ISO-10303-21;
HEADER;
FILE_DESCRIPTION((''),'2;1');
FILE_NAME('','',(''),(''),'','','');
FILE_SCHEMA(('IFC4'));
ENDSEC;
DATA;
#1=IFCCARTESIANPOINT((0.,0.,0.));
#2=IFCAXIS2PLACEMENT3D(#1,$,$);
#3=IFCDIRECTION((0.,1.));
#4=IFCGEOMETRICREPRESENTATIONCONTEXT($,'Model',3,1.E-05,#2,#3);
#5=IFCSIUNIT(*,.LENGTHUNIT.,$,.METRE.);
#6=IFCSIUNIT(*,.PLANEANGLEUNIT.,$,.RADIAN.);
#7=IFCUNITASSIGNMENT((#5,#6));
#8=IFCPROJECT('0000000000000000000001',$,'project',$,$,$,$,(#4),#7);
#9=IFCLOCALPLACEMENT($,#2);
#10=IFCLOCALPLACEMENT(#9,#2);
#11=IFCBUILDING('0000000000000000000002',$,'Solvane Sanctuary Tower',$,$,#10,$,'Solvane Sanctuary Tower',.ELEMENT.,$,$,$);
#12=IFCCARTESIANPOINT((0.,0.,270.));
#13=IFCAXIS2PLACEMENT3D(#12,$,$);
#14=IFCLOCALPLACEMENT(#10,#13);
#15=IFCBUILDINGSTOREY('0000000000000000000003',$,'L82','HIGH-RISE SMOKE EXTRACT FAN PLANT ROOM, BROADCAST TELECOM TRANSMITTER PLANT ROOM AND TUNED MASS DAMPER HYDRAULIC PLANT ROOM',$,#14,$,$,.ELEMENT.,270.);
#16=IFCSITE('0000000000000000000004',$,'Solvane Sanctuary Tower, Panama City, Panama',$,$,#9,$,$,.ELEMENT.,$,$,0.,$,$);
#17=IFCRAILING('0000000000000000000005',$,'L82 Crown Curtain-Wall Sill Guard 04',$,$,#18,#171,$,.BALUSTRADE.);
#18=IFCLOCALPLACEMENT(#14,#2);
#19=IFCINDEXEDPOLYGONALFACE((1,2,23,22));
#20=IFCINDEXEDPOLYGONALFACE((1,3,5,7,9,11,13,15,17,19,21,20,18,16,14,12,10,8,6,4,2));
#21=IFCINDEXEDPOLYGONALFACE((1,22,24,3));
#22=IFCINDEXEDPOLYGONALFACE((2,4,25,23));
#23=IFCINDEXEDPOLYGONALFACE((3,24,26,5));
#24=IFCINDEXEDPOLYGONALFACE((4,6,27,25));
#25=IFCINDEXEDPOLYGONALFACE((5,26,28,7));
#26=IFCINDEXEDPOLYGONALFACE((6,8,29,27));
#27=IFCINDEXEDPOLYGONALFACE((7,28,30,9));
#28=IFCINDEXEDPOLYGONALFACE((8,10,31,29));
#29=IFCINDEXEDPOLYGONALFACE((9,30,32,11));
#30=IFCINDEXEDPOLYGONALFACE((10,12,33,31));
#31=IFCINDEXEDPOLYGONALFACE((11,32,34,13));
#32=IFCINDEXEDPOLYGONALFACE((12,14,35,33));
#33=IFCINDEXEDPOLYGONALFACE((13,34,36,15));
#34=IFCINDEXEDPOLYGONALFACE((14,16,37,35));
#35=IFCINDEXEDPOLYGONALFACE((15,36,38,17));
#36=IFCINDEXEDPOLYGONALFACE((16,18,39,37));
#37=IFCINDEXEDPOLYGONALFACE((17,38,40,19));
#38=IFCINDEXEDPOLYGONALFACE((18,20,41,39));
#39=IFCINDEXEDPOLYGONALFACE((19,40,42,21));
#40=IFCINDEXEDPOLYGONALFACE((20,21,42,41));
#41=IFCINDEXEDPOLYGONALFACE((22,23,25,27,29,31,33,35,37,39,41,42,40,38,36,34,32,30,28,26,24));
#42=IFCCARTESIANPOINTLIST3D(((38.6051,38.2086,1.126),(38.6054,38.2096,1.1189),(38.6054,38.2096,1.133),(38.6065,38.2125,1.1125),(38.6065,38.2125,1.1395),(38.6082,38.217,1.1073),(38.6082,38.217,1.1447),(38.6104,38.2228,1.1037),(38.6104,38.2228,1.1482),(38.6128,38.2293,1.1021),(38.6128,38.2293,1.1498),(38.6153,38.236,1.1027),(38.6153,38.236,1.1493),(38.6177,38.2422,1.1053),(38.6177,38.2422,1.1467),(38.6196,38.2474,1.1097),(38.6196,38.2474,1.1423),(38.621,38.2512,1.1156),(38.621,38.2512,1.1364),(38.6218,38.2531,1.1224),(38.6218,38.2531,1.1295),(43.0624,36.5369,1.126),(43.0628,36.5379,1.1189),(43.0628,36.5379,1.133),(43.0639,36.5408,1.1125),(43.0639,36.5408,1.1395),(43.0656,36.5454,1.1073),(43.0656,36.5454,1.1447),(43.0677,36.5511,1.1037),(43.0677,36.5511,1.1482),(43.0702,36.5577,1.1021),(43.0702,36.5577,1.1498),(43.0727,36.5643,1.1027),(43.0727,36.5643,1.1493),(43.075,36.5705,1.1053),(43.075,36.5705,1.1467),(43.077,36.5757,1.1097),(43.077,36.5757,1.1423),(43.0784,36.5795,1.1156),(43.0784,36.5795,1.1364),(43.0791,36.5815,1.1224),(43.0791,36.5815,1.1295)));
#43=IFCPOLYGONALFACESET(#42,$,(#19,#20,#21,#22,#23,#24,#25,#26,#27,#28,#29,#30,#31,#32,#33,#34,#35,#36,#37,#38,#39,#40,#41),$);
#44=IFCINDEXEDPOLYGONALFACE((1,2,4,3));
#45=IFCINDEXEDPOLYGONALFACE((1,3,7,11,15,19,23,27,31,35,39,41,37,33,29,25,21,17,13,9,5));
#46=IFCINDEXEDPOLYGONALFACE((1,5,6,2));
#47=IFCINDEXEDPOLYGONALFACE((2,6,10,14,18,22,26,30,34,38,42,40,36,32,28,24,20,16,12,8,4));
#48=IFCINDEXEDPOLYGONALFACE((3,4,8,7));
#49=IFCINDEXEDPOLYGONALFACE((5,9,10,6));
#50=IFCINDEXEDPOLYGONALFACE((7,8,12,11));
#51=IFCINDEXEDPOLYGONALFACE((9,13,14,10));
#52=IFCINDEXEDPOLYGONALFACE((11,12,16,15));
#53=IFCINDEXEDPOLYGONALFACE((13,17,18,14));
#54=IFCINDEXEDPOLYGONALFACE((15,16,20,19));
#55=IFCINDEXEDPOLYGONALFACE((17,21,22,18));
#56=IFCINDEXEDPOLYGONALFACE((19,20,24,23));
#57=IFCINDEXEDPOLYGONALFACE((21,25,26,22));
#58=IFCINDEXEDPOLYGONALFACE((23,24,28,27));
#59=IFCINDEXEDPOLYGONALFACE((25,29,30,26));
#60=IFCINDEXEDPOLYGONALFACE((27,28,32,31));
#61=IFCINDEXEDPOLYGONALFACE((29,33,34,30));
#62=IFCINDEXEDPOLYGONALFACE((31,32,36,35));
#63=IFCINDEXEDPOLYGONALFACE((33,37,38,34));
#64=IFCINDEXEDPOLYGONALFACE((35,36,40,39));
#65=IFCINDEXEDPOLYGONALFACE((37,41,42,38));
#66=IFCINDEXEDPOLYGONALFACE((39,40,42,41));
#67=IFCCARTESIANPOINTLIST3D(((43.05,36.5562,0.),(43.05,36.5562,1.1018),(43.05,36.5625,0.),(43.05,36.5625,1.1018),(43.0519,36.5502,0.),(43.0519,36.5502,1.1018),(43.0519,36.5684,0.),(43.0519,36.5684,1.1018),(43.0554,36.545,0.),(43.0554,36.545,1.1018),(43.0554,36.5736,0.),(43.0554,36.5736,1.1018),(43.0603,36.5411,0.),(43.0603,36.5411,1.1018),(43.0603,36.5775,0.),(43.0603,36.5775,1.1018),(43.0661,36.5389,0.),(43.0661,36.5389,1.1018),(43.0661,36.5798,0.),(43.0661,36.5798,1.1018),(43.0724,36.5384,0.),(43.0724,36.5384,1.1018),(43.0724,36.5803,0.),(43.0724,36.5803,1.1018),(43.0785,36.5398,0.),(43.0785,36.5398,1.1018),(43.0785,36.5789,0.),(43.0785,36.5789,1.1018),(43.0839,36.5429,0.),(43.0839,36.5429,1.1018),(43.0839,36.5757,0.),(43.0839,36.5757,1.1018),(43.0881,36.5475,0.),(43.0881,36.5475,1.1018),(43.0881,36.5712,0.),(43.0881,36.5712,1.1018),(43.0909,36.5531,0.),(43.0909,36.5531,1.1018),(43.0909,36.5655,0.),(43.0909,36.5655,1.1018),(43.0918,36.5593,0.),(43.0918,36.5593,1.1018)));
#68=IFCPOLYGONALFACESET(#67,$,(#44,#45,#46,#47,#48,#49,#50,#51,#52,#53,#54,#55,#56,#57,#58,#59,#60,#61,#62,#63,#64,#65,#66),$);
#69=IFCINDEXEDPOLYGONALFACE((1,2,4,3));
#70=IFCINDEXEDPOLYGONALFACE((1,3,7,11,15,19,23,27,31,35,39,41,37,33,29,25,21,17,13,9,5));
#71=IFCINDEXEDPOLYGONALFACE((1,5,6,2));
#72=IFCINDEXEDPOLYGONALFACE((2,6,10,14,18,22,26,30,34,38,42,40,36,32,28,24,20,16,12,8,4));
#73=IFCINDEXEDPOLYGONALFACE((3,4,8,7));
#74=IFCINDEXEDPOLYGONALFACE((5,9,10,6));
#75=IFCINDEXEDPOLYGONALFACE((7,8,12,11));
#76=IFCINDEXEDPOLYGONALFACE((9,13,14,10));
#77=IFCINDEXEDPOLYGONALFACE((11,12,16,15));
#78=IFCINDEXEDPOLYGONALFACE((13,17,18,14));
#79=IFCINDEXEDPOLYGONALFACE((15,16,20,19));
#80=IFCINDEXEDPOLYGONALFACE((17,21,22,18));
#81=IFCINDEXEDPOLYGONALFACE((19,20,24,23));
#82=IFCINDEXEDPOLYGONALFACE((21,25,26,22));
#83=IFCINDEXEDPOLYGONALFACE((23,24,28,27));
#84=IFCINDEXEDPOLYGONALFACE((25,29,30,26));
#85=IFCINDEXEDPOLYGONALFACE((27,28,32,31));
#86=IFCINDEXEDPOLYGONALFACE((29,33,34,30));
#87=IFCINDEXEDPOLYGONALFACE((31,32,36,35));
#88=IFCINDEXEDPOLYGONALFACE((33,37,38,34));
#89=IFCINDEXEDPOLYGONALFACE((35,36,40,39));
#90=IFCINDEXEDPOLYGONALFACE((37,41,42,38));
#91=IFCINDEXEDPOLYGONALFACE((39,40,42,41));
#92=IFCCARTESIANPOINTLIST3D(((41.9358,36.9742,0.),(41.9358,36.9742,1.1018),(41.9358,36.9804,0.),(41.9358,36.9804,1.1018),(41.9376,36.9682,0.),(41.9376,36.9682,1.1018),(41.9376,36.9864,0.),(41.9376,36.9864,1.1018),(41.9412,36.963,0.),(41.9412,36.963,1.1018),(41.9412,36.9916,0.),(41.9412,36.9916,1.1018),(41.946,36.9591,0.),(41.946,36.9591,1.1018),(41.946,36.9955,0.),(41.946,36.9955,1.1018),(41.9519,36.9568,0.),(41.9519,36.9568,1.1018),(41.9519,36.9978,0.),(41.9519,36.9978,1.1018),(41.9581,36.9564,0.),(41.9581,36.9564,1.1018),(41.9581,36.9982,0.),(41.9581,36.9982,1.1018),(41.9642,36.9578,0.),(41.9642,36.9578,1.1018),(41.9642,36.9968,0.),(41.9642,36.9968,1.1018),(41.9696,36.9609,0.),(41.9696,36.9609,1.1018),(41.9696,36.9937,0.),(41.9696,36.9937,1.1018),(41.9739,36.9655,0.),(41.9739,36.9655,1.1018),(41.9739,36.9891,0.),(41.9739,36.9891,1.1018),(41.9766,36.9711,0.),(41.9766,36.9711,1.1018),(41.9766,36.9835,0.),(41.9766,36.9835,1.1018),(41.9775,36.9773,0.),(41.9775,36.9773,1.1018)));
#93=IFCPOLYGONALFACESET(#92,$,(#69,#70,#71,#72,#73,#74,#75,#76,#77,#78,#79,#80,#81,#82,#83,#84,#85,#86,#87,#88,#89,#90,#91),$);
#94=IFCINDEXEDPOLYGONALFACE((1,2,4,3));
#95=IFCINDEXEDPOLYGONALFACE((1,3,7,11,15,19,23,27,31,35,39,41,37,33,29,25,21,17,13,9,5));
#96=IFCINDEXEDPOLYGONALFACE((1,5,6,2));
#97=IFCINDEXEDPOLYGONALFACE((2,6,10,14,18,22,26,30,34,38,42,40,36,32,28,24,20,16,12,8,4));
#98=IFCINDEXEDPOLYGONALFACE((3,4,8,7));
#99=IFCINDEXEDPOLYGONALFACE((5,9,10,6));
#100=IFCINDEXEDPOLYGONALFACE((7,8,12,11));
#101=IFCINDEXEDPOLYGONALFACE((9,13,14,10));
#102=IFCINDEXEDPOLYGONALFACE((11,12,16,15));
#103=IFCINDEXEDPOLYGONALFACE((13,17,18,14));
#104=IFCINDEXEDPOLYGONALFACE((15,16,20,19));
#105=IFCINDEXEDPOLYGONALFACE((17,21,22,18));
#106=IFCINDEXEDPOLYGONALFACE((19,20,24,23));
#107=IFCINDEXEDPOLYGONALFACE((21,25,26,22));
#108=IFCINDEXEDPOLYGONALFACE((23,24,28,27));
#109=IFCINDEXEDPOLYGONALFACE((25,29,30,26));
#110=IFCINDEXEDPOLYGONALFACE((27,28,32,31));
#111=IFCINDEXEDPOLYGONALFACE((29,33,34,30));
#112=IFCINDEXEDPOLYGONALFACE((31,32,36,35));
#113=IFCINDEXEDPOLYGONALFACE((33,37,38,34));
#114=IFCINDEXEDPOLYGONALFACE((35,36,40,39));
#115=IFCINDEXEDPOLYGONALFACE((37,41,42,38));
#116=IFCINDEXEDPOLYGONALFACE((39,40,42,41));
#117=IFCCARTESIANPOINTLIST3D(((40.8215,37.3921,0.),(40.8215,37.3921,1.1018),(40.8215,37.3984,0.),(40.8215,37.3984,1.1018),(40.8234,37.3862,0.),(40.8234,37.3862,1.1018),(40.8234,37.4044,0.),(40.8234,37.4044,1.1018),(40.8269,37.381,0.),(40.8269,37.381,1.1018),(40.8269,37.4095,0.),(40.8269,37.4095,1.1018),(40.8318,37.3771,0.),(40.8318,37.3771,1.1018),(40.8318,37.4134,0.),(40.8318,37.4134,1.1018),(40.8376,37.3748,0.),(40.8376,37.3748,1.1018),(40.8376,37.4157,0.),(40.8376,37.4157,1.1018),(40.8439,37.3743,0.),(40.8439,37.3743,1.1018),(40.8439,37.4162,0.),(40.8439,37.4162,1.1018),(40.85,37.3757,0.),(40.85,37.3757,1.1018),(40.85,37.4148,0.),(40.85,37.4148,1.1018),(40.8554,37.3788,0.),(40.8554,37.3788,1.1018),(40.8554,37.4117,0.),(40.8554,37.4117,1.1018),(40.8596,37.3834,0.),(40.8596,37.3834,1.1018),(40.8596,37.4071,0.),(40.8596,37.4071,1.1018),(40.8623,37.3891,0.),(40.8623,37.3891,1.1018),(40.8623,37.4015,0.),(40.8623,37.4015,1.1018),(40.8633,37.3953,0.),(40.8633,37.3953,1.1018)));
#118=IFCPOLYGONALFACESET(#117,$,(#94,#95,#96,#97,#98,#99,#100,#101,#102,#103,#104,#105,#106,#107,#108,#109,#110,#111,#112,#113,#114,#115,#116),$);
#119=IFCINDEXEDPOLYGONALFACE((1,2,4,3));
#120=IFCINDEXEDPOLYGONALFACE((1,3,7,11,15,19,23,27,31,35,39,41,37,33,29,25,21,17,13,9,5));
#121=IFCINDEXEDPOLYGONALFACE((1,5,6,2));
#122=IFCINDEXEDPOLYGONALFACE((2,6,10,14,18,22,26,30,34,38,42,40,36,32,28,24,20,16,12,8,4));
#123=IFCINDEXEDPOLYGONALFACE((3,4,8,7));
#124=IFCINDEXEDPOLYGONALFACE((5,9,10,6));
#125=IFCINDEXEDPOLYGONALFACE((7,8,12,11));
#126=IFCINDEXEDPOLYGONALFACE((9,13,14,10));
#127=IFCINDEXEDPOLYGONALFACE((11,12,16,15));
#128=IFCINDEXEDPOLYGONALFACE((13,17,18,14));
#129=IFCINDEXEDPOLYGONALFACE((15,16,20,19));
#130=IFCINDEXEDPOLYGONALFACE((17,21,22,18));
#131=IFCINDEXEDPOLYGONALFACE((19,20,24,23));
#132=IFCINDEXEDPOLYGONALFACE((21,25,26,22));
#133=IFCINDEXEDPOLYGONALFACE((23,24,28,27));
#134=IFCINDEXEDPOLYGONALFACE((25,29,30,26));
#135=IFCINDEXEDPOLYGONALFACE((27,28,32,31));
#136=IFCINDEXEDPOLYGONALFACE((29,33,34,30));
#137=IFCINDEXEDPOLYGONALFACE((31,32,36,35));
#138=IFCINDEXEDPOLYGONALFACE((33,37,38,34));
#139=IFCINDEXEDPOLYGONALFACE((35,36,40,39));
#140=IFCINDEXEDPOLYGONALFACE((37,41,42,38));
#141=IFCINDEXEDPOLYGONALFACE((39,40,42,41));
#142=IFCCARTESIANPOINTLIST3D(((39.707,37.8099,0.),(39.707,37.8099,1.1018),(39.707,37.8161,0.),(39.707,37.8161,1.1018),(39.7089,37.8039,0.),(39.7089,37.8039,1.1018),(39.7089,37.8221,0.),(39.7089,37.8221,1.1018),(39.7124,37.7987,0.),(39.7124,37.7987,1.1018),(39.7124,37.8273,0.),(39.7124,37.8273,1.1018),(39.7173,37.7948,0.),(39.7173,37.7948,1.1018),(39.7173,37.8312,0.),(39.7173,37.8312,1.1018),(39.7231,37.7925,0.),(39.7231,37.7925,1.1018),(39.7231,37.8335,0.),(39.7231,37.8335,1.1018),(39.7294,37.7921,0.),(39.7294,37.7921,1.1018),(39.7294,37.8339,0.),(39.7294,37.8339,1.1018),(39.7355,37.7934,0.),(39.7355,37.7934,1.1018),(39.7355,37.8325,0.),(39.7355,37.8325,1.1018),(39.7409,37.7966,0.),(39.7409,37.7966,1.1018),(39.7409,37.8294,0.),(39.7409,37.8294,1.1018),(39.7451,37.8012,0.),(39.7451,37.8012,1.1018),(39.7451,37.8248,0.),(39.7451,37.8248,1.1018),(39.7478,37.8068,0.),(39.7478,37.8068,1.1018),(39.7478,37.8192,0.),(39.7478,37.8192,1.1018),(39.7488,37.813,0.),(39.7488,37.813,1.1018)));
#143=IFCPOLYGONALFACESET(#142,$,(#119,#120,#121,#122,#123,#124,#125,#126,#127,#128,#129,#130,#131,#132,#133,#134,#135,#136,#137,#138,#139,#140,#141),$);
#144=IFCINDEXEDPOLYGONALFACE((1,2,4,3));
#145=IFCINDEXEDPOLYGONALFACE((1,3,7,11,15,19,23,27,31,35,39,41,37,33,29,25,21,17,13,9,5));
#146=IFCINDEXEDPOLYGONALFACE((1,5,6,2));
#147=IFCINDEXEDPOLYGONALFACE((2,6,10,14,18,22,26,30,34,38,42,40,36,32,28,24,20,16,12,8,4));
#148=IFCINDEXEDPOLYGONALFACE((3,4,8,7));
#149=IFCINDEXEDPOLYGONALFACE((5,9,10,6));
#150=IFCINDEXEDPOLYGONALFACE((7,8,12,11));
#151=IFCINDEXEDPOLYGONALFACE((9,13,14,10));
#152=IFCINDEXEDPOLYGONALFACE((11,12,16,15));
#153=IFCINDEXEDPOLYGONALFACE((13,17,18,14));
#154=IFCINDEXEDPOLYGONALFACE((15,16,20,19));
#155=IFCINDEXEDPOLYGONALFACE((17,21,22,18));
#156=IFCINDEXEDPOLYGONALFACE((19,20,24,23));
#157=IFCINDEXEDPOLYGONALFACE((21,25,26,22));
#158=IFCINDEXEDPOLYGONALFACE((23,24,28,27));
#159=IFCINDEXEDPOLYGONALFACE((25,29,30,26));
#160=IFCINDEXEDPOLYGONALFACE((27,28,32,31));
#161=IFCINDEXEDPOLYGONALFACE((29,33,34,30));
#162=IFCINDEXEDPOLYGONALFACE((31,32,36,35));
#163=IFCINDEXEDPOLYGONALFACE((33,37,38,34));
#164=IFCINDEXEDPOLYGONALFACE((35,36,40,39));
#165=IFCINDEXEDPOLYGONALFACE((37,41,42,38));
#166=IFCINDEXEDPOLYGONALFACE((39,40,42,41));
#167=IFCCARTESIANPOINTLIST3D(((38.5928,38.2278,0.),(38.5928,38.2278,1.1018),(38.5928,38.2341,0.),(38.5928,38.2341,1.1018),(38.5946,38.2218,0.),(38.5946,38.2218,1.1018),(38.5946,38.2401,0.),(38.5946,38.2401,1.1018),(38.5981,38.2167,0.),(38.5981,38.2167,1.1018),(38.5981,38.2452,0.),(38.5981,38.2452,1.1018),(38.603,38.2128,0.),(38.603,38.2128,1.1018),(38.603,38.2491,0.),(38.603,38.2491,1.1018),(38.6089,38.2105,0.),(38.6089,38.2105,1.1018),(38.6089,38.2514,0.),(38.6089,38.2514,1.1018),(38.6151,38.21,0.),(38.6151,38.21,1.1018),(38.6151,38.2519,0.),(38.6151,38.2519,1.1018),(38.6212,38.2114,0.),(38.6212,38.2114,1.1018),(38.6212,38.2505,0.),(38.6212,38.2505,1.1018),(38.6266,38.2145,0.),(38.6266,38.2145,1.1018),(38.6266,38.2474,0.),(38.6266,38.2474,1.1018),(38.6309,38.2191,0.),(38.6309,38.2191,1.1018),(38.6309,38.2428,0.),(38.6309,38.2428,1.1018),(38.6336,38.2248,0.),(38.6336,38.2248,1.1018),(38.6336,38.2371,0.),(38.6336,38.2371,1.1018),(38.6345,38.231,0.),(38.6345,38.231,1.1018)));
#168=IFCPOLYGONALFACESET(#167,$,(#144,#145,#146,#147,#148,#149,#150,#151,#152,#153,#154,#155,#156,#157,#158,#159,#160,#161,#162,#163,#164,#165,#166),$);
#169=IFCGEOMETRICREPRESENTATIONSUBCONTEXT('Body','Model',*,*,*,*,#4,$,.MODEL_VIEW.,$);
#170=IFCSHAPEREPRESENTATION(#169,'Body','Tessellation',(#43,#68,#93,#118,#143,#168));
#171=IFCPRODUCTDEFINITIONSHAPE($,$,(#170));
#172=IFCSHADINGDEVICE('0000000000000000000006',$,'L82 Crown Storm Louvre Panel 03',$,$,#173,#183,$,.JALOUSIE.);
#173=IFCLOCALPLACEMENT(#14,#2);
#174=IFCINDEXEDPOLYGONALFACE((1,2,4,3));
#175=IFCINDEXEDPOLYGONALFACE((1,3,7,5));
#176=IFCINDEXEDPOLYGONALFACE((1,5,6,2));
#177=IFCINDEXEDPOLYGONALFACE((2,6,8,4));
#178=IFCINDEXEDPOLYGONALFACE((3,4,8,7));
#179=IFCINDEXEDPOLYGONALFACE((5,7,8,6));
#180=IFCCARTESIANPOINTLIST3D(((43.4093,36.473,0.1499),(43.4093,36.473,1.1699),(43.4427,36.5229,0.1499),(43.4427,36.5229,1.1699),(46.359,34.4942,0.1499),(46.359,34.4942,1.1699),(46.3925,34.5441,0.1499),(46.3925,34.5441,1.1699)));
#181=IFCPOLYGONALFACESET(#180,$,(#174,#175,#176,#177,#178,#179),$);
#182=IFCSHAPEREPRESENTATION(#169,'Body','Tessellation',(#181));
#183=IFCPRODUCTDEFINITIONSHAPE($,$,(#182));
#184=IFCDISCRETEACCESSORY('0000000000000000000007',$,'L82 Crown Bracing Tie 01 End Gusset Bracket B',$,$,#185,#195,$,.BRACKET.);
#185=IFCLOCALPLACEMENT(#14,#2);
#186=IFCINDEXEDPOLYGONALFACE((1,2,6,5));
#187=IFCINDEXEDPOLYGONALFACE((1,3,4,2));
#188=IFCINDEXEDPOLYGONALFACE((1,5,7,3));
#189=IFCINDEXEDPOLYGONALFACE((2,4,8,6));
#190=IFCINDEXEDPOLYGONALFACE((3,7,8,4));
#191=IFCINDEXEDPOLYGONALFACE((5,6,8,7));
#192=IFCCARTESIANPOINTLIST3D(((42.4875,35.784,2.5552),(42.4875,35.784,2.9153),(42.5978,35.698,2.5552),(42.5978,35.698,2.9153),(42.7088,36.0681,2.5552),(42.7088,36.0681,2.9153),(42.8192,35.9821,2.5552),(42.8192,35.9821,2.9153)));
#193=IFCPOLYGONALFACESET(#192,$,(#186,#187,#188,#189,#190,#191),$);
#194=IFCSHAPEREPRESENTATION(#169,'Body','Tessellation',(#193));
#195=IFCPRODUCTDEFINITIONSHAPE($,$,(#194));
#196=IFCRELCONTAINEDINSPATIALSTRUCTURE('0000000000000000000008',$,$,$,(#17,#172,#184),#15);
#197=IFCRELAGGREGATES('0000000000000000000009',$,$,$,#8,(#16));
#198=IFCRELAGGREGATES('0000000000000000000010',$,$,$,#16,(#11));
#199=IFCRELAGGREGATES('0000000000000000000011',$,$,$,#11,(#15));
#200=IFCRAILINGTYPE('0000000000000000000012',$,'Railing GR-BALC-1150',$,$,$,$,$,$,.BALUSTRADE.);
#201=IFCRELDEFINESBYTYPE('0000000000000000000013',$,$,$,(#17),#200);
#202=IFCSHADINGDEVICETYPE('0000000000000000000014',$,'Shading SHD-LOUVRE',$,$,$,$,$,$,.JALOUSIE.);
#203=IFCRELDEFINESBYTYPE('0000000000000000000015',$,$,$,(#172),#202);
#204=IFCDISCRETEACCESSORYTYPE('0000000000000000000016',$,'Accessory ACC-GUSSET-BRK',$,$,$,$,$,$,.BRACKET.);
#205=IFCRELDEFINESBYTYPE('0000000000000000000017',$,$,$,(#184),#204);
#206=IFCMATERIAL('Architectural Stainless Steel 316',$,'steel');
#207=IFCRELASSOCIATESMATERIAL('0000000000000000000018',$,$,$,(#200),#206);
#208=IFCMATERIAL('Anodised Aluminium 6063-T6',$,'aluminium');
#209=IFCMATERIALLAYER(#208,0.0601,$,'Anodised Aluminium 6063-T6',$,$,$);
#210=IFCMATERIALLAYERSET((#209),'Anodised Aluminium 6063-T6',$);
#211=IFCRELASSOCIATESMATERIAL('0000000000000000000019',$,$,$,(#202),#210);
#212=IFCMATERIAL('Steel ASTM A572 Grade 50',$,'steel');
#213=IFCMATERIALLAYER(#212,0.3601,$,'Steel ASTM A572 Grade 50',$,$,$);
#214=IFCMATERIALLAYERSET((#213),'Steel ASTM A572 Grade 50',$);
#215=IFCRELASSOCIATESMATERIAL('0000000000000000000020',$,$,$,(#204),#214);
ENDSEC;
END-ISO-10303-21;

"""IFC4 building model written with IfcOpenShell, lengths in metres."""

from ifc_helpers import new_model, si_unit, direction, frame, origin, origin_2d, place, context, subcontext, project, spatial, rectangle, circle, extrude, material, layer, layer_set, type_object, element, save


model = new_model("IFC4")

# Units and contexts
model_context = context("Model", 3, precision=1e-05, world=origin(), true_north=direction((0.0, 1.0)))
body_context = subcontext(model_context, "Body", "Model", "MODEL_VIEW")
ifc_project = project(units=[si_unit("LENGTHUNIT", "METRE"), si_unit("PLANEANGLEUNIT", "RADIAN")], contexts=[model_context])

# Site, building, storey
site_placement = place(None, origin())
site = spatial("IfcSite", under=ifc_project, at=site_placement, Name="Solvane Sanctuary Tower, Panama City, Panama", CompositionType="ELEMENT", RefElevation=0.0)
building_placement = place(site_placement, origin())
building = spatial("IfcBuilding", under=site, at=building_placement, Name="Solvane Sanctuary Tower", LongName="Solvane Sanctuary Tower", CompositionType="ELEMENT")
storey_placement = place(building_placement, frame((0.0, 0.0, 270.0)))
storey = spatial("IfcBuildingStorey", under=building, at=storey_placement, Name="L82", Description="HIGH-RISE SMOKE EXTRACT FAN PLANT ROOM, BROADCAST TELECOM TRANSMITTER PLANT ROOM AND TUNED MASS DAMPER HYDRAULIC PLANT ROOM", CompositionType="ELEMENT", Elevation=270.0)

# Shared definitions
ifc_material_1 = material(Name="Anodised Aluminium 6063-T6", Category="aluminium")

# Railing
ifc_material_2 = material(Name="Architectural Stainless Steel 316", Category="steel")
railing_type = type_object("IfcRailingType", Name="Railing GR-BALC-1150", PredefinedType="BALUSTRADE", material=ifc_material_2)
railing_1_placement = place(storey_placement, frame((43.0708, 36.5593, 0.0)))
element("IfcRailing", 1, at=railing_1_placement, inside=storey, type_object=railing_type, Name="L82 Crown Curtain-Wall Sill Guard 04", PredefinedType="BALUSTRADE", context=body_context, shape_type="SweptSolid", body=[
    extrude(circle(Radius=0.0239, at=origin_2d()), frame((0.0, 0.0, 1.126), z_axis=(-0.936319, 0.351152, 0.0), x_axis=(-0.351152, -0.936319, 0.0)), (0.0, 0.0, 1.0), 4.7605),
    extrude(circle(Radius=0.021, at=origin_2d()), origin(), (0.0, 0.0, 1.0), 1.1018),
    extrude(circle(Radius=0.021, at=origin_2d()), frame((-1.1143, 0.418, 0.0)), (0.0, 0.0, 1.0), 1.1018),
    extrude(circle(Radius=0.021, at=origin_2d()), frame((-2.2285, 0.8359, 0.0)), (0.0, 0.0, 1.0), 1.1018),
    extrude(circle(Radius=0.021, at=origin_2d()), frame((-3.343, 1.2537, 0.0)), (0.0, 0.0, 1.0), 1.1018),
    extrude(circle(Radius=0.021, at=origin_2d()), frame((-4.4573, 1.6716, 0.0)), (0.0, 0.0, 1.0), 1.1018),
])

# Shading device
ifc_layer_1 = layer(ifc_material_1, 0.0601, Name="Anodised Aluminium 6063-T6")
ifc_layer_set_1 = layer_set([ifc_layer_1], Name="Anodised Aluminium 6063-T6")
shading_device_type = type_object("IfcShadingDeviceType", Name="Shading SHD-LOUVRE", PredefinedType="JALOUSIE", material=ifc_layer_set_1)
shading_device_placement = place(storey_placement, frame((44.9009, 35.5085, 0.1499), z_axis=(0.0, 0.0, 1.0), x_axis=(-0.830438, 0.55711, 0.0)))
element("IfcShadingDevice", 2, at=shading_device_placement, inside=storey, type_object=shading_device_type, Name="L82 Crown Storm Louvre Panel 03", PredefinedType="JALOUSIE", context=body_context, shape_type="SweptSolid", body=[
    extrude(rectangle(XDim=3.552, YDim=0.0601, at=origin_2d()), origin(), (0.0, 0.0, 1.0), 1.02),
])

# Discrete accessory
ifc_material_3 = material(Name="Steel ASTM A572 Grade 50", Category="steel")
ifc_layer_2 = layer(ifc_material_3, 0.3601, Name="Steel ASTM A572 Grade 50")
ifc_layer_set_2 = layer_set([ifc_layer_2], Name="Steel ASTM A572 Grade 50")
discrete_accessory_type = type_object("IfcDiscreteAccessoryType", Name="Accessory ACC-GUSSET-BRK", PredefinedType="BRACKET", material=ifc_layer_set_2)
discrete_accessory_placement = place(storey_placement, frame((42.6533, 35.8831, 2.5552), z_axis=(0.0, 0.0, 1.0), x_axis=(0.614698, 0.788762, 0.0)))
element("IfcDiscreteAccessory", 3, at=discrete_accessory_placement, inside=storey, type_object=discrete_accessory_type, Name="L82 Crown Bracing Tie 01 End Gusset Bracket B", PredefinedType="BRACKET", context=body_context, shape_type="SweptSolid", body=[
    extrude(rectangle(XDim=0.3601, YDim=0.1399, at=origin_2d()), origin(), (0.0, 0.0, 1.0), 0.3601),
])

save(model, "model.ifc")
